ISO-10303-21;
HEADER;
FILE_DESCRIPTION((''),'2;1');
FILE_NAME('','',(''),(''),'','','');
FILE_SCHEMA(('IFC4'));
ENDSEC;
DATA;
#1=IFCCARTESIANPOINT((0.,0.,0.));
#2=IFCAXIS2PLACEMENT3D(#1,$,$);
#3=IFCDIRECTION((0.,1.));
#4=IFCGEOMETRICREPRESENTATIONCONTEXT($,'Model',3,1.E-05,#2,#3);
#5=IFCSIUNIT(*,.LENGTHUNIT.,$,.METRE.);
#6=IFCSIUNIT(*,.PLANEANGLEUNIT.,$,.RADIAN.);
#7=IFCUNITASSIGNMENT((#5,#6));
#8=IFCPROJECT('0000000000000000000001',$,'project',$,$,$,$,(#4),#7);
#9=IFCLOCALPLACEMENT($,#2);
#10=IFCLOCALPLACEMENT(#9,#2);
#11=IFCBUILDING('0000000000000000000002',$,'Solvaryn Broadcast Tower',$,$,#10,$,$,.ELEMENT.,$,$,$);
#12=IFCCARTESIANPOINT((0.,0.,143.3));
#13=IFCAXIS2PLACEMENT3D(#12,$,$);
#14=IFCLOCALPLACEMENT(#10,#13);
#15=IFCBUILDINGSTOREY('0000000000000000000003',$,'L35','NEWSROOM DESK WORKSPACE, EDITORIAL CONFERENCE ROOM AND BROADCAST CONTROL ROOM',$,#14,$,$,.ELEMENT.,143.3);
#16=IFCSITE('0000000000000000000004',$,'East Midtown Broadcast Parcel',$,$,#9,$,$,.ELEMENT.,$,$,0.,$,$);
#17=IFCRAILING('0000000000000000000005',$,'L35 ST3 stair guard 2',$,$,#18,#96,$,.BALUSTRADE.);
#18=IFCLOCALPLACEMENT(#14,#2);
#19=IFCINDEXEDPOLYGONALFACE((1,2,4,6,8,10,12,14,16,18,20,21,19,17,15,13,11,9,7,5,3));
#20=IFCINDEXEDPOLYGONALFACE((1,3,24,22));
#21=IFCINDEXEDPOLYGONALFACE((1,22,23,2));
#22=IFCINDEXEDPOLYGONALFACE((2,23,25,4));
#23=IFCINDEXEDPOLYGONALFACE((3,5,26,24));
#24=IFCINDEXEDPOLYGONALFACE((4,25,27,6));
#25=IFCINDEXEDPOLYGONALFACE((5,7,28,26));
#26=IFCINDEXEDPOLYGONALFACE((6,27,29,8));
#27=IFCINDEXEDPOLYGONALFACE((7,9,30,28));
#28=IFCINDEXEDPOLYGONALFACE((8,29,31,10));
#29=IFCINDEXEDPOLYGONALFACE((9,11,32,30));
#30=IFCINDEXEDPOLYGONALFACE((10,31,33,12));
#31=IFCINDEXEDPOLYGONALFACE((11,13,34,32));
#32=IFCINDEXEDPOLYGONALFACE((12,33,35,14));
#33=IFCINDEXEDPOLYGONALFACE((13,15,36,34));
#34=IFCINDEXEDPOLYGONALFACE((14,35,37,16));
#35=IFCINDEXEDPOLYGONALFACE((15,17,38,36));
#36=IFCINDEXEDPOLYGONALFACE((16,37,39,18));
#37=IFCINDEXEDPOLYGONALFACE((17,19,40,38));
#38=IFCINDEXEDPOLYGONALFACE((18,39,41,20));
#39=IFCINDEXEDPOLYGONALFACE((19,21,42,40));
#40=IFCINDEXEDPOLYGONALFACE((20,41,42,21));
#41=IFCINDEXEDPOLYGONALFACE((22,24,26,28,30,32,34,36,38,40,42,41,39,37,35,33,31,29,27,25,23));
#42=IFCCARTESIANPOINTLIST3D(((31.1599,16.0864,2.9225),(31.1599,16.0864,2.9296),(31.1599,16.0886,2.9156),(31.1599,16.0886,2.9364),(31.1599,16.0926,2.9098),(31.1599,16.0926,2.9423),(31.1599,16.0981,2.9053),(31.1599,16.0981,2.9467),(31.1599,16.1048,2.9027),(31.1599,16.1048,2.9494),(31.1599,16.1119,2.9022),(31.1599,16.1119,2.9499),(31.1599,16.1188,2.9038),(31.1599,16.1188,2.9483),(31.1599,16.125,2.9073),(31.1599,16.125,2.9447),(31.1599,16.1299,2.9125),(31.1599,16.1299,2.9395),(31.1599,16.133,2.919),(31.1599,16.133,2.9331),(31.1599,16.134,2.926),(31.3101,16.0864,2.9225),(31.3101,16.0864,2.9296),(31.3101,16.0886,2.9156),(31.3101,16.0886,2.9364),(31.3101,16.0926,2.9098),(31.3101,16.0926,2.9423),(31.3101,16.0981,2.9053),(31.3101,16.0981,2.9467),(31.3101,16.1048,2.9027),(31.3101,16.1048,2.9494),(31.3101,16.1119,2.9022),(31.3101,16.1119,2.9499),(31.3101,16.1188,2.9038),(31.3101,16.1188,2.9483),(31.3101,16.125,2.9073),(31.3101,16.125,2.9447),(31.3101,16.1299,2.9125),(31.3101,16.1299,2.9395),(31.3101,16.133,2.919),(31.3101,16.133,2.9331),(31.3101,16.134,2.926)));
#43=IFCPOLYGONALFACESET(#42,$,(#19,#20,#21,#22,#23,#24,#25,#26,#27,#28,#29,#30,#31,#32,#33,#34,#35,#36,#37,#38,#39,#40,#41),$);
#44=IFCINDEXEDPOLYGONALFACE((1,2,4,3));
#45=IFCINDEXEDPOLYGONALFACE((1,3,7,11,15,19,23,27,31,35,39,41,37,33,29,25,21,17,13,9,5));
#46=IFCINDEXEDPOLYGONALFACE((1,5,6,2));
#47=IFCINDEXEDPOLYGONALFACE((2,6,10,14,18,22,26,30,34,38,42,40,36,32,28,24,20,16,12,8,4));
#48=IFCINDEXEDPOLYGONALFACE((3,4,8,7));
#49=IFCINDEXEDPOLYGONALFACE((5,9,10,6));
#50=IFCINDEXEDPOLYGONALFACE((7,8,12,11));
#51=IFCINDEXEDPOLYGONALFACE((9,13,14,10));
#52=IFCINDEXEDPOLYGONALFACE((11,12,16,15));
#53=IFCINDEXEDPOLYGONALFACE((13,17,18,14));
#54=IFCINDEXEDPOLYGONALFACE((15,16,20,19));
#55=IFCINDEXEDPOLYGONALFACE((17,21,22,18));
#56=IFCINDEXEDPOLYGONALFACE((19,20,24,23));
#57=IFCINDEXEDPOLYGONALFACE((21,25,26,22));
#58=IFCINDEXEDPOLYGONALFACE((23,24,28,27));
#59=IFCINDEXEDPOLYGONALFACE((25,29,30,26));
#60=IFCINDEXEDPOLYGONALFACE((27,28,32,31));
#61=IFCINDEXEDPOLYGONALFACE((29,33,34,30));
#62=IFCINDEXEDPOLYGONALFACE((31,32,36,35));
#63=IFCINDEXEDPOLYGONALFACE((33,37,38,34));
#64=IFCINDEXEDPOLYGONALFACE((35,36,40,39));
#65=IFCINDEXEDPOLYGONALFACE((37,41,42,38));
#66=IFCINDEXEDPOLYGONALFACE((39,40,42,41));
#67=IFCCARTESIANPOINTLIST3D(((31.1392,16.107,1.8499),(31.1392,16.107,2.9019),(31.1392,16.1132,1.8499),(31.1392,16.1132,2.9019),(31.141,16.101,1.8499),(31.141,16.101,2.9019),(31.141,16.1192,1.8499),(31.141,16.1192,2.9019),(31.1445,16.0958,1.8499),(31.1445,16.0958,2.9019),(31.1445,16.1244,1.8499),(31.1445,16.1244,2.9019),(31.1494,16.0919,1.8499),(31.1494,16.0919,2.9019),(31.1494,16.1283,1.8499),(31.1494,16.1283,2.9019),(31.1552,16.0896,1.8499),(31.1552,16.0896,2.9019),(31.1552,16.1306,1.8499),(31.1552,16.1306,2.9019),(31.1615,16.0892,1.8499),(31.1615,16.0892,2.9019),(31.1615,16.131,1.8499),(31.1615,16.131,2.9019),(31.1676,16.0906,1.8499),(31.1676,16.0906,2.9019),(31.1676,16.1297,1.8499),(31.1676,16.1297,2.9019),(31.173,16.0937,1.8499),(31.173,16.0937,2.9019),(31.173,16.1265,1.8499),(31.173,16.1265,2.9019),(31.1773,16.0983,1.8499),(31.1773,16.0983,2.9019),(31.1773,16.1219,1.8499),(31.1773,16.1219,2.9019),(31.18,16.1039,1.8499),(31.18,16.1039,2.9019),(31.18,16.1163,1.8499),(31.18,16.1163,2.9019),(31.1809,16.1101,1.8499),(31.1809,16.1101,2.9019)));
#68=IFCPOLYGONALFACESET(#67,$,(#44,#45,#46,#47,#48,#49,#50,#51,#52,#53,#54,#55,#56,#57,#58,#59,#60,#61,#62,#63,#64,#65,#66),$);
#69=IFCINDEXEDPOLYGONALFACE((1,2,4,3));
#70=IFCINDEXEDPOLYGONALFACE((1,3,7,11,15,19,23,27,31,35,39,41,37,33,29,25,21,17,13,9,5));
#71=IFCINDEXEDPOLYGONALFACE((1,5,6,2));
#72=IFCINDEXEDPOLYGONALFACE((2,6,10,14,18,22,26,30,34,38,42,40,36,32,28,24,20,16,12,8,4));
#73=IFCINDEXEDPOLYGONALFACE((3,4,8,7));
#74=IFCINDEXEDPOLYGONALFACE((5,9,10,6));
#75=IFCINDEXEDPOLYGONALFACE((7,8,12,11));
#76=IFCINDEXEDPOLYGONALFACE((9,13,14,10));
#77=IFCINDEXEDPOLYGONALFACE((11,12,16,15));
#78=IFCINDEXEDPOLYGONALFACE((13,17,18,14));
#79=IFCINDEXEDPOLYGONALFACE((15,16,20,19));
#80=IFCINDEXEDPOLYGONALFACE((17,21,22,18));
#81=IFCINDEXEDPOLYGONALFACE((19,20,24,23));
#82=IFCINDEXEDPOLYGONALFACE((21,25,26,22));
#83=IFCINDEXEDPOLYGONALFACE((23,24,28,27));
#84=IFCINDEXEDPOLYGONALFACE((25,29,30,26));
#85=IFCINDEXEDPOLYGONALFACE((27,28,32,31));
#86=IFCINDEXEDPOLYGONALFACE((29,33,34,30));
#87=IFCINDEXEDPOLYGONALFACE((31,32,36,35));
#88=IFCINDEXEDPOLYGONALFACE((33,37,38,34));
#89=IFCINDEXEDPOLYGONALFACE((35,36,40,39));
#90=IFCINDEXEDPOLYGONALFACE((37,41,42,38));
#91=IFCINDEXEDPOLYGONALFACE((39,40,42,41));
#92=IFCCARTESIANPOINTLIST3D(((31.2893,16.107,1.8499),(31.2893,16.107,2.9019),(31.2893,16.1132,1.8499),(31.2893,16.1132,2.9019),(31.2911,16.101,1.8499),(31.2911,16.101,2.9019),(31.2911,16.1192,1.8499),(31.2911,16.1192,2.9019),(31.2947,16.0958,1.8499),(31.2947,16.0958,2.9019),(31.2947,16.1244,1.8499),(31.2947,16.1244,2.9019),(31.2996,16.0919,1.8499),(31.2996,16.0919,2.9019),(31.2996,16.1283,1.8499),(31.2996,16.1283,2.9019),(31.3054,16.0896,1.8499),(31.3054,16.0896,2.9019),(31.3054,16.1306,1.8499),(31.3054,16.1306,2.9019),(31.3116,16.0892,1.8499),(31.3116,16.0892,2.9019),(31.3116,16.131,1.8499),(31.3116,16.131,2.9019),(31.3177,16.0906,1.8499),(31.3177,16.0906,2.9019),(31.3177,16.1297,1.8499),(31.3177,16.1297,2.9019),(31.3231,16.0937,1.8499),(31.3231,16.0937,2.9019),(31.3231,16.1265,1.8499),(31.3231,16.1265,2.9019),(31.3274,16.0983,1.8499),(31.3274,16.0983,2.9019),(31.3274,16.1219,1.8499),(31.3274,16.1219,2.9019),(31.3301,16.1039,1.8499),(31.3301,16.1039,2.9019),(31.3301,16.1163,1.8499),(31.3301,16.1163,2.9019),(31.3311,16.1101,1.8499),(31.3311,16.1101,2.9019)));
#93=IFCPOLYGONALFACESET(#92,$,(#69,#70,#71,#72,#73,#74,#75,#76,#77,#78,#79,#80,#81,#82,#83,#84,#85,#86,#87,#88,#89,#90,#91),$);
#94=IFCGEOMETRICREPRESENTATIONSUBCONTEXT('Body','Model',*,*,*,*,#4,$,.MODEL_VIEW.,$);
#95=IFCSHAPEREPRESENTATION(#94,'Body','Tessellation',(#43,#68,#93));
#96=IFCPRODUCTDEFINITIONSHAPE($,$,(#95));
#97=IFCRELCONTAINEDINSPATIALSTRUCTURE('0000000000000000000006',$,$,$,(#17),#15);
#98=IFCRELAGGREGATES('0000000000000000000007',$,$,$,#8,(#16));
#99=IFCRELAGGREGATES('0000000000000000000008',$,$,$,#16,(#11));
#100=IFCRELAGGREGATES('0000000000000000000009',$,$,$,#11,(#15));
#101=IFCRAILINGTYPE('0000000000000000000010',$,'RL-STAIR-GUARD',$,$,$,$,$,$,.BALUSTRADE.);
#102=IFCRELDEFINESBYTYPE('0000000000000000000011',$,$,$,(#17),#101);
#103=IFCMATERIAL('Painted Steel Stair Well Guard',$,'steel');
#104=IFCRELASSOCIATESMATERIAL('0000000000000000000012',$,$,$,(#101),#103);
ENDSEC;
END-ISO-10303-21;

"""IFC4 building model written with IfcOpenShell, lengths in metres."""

from ifc_helpers import new_model, si_unit, direction, frame, origin, origin_2d, place, context, subcontext, project, spatial, circle, extrude, material, type_object, element, save


model = new_model("IFC4")

# Units and contexts
model_context = context("Model", 3, precision=1e-05, world=origin(), true_north=direction((0.0, 1.0)))
body_context = subcontext(model_context, "Body", "Model", "MODEL_VIEW")
ifc_project = project(units=[si_unit("LENGTHUNIT", "METRE"), si_unit("PLANEANGLEUNIT", "RADIAN")], contexts=[model_context])

# Site, building, storey
site_placement = place(None, origin())
site = spatial("IfcSite", under=ifc_project, at=site_placement, Name="East Midtown Broadcast Parcel", CompositionType="ELEMENT", RefElevation=0.0)
building_placement = place(site_placement, origin())
building = spatial("IfcBuilding", under=site, at=building_placement, Name="Solvaryn Broadcast Tower", CompositionType="ELEMENT")
storey_placement = place(building_placement, frame((0.0, 0.0, 143.3)))
storey = spatial("IfcBuildingStorey", under=building, at=storey_placement, Name="L35", Description="NEWSROOM DESK WORKSPACE, EDITORIAL CONFERENCE ROOM AND BROADCAST CONTROL ROOM", CompositionType="ELEMENT", Elevation=143.3)

# Railing
ifc_material_1 = material(Name="Painted Steel Stair Well Guard", Category="steel")
railing_type_1 = type_object("IfcRailingType", Name="RL-STAIR-GUARD", PredefinedType="BALUSTRADE", material=ifc_material_1)
railing_1_placement = place(storey_placement, frame((31.1599, 16.1101, 1.8499)))
element("IfcRailing", 1, at=railing_1_placement, inside=storey, type_object=railing_type_1, Name="L35 ST3 stair guard 2", PredefinedType="BALUSTRADE", context=body_context, shape_type="SweptSolid", body=[
    extrude(circle(Radius=0.0239, at=origin_2d()), frame((0.0, 0.0, 1.0762), z_axis=(1.0, 0.0, 0.0), x_axis=(0.0, 1.0, 0.0)), (0.0, 0.0, 1.0), 0.1501),
    extrude(circle(Radius=0.021, at=origin_2d()), origin(), (0.0, 0.0, 1.0), 1.052),
    extrude(circle(Radius=0.021, at=origin_2d()), frame((0.1501, 0.0, 0.0)), (0.0, 0.0, 1.0), 1.052),
])

save(model, "model.ifc")
